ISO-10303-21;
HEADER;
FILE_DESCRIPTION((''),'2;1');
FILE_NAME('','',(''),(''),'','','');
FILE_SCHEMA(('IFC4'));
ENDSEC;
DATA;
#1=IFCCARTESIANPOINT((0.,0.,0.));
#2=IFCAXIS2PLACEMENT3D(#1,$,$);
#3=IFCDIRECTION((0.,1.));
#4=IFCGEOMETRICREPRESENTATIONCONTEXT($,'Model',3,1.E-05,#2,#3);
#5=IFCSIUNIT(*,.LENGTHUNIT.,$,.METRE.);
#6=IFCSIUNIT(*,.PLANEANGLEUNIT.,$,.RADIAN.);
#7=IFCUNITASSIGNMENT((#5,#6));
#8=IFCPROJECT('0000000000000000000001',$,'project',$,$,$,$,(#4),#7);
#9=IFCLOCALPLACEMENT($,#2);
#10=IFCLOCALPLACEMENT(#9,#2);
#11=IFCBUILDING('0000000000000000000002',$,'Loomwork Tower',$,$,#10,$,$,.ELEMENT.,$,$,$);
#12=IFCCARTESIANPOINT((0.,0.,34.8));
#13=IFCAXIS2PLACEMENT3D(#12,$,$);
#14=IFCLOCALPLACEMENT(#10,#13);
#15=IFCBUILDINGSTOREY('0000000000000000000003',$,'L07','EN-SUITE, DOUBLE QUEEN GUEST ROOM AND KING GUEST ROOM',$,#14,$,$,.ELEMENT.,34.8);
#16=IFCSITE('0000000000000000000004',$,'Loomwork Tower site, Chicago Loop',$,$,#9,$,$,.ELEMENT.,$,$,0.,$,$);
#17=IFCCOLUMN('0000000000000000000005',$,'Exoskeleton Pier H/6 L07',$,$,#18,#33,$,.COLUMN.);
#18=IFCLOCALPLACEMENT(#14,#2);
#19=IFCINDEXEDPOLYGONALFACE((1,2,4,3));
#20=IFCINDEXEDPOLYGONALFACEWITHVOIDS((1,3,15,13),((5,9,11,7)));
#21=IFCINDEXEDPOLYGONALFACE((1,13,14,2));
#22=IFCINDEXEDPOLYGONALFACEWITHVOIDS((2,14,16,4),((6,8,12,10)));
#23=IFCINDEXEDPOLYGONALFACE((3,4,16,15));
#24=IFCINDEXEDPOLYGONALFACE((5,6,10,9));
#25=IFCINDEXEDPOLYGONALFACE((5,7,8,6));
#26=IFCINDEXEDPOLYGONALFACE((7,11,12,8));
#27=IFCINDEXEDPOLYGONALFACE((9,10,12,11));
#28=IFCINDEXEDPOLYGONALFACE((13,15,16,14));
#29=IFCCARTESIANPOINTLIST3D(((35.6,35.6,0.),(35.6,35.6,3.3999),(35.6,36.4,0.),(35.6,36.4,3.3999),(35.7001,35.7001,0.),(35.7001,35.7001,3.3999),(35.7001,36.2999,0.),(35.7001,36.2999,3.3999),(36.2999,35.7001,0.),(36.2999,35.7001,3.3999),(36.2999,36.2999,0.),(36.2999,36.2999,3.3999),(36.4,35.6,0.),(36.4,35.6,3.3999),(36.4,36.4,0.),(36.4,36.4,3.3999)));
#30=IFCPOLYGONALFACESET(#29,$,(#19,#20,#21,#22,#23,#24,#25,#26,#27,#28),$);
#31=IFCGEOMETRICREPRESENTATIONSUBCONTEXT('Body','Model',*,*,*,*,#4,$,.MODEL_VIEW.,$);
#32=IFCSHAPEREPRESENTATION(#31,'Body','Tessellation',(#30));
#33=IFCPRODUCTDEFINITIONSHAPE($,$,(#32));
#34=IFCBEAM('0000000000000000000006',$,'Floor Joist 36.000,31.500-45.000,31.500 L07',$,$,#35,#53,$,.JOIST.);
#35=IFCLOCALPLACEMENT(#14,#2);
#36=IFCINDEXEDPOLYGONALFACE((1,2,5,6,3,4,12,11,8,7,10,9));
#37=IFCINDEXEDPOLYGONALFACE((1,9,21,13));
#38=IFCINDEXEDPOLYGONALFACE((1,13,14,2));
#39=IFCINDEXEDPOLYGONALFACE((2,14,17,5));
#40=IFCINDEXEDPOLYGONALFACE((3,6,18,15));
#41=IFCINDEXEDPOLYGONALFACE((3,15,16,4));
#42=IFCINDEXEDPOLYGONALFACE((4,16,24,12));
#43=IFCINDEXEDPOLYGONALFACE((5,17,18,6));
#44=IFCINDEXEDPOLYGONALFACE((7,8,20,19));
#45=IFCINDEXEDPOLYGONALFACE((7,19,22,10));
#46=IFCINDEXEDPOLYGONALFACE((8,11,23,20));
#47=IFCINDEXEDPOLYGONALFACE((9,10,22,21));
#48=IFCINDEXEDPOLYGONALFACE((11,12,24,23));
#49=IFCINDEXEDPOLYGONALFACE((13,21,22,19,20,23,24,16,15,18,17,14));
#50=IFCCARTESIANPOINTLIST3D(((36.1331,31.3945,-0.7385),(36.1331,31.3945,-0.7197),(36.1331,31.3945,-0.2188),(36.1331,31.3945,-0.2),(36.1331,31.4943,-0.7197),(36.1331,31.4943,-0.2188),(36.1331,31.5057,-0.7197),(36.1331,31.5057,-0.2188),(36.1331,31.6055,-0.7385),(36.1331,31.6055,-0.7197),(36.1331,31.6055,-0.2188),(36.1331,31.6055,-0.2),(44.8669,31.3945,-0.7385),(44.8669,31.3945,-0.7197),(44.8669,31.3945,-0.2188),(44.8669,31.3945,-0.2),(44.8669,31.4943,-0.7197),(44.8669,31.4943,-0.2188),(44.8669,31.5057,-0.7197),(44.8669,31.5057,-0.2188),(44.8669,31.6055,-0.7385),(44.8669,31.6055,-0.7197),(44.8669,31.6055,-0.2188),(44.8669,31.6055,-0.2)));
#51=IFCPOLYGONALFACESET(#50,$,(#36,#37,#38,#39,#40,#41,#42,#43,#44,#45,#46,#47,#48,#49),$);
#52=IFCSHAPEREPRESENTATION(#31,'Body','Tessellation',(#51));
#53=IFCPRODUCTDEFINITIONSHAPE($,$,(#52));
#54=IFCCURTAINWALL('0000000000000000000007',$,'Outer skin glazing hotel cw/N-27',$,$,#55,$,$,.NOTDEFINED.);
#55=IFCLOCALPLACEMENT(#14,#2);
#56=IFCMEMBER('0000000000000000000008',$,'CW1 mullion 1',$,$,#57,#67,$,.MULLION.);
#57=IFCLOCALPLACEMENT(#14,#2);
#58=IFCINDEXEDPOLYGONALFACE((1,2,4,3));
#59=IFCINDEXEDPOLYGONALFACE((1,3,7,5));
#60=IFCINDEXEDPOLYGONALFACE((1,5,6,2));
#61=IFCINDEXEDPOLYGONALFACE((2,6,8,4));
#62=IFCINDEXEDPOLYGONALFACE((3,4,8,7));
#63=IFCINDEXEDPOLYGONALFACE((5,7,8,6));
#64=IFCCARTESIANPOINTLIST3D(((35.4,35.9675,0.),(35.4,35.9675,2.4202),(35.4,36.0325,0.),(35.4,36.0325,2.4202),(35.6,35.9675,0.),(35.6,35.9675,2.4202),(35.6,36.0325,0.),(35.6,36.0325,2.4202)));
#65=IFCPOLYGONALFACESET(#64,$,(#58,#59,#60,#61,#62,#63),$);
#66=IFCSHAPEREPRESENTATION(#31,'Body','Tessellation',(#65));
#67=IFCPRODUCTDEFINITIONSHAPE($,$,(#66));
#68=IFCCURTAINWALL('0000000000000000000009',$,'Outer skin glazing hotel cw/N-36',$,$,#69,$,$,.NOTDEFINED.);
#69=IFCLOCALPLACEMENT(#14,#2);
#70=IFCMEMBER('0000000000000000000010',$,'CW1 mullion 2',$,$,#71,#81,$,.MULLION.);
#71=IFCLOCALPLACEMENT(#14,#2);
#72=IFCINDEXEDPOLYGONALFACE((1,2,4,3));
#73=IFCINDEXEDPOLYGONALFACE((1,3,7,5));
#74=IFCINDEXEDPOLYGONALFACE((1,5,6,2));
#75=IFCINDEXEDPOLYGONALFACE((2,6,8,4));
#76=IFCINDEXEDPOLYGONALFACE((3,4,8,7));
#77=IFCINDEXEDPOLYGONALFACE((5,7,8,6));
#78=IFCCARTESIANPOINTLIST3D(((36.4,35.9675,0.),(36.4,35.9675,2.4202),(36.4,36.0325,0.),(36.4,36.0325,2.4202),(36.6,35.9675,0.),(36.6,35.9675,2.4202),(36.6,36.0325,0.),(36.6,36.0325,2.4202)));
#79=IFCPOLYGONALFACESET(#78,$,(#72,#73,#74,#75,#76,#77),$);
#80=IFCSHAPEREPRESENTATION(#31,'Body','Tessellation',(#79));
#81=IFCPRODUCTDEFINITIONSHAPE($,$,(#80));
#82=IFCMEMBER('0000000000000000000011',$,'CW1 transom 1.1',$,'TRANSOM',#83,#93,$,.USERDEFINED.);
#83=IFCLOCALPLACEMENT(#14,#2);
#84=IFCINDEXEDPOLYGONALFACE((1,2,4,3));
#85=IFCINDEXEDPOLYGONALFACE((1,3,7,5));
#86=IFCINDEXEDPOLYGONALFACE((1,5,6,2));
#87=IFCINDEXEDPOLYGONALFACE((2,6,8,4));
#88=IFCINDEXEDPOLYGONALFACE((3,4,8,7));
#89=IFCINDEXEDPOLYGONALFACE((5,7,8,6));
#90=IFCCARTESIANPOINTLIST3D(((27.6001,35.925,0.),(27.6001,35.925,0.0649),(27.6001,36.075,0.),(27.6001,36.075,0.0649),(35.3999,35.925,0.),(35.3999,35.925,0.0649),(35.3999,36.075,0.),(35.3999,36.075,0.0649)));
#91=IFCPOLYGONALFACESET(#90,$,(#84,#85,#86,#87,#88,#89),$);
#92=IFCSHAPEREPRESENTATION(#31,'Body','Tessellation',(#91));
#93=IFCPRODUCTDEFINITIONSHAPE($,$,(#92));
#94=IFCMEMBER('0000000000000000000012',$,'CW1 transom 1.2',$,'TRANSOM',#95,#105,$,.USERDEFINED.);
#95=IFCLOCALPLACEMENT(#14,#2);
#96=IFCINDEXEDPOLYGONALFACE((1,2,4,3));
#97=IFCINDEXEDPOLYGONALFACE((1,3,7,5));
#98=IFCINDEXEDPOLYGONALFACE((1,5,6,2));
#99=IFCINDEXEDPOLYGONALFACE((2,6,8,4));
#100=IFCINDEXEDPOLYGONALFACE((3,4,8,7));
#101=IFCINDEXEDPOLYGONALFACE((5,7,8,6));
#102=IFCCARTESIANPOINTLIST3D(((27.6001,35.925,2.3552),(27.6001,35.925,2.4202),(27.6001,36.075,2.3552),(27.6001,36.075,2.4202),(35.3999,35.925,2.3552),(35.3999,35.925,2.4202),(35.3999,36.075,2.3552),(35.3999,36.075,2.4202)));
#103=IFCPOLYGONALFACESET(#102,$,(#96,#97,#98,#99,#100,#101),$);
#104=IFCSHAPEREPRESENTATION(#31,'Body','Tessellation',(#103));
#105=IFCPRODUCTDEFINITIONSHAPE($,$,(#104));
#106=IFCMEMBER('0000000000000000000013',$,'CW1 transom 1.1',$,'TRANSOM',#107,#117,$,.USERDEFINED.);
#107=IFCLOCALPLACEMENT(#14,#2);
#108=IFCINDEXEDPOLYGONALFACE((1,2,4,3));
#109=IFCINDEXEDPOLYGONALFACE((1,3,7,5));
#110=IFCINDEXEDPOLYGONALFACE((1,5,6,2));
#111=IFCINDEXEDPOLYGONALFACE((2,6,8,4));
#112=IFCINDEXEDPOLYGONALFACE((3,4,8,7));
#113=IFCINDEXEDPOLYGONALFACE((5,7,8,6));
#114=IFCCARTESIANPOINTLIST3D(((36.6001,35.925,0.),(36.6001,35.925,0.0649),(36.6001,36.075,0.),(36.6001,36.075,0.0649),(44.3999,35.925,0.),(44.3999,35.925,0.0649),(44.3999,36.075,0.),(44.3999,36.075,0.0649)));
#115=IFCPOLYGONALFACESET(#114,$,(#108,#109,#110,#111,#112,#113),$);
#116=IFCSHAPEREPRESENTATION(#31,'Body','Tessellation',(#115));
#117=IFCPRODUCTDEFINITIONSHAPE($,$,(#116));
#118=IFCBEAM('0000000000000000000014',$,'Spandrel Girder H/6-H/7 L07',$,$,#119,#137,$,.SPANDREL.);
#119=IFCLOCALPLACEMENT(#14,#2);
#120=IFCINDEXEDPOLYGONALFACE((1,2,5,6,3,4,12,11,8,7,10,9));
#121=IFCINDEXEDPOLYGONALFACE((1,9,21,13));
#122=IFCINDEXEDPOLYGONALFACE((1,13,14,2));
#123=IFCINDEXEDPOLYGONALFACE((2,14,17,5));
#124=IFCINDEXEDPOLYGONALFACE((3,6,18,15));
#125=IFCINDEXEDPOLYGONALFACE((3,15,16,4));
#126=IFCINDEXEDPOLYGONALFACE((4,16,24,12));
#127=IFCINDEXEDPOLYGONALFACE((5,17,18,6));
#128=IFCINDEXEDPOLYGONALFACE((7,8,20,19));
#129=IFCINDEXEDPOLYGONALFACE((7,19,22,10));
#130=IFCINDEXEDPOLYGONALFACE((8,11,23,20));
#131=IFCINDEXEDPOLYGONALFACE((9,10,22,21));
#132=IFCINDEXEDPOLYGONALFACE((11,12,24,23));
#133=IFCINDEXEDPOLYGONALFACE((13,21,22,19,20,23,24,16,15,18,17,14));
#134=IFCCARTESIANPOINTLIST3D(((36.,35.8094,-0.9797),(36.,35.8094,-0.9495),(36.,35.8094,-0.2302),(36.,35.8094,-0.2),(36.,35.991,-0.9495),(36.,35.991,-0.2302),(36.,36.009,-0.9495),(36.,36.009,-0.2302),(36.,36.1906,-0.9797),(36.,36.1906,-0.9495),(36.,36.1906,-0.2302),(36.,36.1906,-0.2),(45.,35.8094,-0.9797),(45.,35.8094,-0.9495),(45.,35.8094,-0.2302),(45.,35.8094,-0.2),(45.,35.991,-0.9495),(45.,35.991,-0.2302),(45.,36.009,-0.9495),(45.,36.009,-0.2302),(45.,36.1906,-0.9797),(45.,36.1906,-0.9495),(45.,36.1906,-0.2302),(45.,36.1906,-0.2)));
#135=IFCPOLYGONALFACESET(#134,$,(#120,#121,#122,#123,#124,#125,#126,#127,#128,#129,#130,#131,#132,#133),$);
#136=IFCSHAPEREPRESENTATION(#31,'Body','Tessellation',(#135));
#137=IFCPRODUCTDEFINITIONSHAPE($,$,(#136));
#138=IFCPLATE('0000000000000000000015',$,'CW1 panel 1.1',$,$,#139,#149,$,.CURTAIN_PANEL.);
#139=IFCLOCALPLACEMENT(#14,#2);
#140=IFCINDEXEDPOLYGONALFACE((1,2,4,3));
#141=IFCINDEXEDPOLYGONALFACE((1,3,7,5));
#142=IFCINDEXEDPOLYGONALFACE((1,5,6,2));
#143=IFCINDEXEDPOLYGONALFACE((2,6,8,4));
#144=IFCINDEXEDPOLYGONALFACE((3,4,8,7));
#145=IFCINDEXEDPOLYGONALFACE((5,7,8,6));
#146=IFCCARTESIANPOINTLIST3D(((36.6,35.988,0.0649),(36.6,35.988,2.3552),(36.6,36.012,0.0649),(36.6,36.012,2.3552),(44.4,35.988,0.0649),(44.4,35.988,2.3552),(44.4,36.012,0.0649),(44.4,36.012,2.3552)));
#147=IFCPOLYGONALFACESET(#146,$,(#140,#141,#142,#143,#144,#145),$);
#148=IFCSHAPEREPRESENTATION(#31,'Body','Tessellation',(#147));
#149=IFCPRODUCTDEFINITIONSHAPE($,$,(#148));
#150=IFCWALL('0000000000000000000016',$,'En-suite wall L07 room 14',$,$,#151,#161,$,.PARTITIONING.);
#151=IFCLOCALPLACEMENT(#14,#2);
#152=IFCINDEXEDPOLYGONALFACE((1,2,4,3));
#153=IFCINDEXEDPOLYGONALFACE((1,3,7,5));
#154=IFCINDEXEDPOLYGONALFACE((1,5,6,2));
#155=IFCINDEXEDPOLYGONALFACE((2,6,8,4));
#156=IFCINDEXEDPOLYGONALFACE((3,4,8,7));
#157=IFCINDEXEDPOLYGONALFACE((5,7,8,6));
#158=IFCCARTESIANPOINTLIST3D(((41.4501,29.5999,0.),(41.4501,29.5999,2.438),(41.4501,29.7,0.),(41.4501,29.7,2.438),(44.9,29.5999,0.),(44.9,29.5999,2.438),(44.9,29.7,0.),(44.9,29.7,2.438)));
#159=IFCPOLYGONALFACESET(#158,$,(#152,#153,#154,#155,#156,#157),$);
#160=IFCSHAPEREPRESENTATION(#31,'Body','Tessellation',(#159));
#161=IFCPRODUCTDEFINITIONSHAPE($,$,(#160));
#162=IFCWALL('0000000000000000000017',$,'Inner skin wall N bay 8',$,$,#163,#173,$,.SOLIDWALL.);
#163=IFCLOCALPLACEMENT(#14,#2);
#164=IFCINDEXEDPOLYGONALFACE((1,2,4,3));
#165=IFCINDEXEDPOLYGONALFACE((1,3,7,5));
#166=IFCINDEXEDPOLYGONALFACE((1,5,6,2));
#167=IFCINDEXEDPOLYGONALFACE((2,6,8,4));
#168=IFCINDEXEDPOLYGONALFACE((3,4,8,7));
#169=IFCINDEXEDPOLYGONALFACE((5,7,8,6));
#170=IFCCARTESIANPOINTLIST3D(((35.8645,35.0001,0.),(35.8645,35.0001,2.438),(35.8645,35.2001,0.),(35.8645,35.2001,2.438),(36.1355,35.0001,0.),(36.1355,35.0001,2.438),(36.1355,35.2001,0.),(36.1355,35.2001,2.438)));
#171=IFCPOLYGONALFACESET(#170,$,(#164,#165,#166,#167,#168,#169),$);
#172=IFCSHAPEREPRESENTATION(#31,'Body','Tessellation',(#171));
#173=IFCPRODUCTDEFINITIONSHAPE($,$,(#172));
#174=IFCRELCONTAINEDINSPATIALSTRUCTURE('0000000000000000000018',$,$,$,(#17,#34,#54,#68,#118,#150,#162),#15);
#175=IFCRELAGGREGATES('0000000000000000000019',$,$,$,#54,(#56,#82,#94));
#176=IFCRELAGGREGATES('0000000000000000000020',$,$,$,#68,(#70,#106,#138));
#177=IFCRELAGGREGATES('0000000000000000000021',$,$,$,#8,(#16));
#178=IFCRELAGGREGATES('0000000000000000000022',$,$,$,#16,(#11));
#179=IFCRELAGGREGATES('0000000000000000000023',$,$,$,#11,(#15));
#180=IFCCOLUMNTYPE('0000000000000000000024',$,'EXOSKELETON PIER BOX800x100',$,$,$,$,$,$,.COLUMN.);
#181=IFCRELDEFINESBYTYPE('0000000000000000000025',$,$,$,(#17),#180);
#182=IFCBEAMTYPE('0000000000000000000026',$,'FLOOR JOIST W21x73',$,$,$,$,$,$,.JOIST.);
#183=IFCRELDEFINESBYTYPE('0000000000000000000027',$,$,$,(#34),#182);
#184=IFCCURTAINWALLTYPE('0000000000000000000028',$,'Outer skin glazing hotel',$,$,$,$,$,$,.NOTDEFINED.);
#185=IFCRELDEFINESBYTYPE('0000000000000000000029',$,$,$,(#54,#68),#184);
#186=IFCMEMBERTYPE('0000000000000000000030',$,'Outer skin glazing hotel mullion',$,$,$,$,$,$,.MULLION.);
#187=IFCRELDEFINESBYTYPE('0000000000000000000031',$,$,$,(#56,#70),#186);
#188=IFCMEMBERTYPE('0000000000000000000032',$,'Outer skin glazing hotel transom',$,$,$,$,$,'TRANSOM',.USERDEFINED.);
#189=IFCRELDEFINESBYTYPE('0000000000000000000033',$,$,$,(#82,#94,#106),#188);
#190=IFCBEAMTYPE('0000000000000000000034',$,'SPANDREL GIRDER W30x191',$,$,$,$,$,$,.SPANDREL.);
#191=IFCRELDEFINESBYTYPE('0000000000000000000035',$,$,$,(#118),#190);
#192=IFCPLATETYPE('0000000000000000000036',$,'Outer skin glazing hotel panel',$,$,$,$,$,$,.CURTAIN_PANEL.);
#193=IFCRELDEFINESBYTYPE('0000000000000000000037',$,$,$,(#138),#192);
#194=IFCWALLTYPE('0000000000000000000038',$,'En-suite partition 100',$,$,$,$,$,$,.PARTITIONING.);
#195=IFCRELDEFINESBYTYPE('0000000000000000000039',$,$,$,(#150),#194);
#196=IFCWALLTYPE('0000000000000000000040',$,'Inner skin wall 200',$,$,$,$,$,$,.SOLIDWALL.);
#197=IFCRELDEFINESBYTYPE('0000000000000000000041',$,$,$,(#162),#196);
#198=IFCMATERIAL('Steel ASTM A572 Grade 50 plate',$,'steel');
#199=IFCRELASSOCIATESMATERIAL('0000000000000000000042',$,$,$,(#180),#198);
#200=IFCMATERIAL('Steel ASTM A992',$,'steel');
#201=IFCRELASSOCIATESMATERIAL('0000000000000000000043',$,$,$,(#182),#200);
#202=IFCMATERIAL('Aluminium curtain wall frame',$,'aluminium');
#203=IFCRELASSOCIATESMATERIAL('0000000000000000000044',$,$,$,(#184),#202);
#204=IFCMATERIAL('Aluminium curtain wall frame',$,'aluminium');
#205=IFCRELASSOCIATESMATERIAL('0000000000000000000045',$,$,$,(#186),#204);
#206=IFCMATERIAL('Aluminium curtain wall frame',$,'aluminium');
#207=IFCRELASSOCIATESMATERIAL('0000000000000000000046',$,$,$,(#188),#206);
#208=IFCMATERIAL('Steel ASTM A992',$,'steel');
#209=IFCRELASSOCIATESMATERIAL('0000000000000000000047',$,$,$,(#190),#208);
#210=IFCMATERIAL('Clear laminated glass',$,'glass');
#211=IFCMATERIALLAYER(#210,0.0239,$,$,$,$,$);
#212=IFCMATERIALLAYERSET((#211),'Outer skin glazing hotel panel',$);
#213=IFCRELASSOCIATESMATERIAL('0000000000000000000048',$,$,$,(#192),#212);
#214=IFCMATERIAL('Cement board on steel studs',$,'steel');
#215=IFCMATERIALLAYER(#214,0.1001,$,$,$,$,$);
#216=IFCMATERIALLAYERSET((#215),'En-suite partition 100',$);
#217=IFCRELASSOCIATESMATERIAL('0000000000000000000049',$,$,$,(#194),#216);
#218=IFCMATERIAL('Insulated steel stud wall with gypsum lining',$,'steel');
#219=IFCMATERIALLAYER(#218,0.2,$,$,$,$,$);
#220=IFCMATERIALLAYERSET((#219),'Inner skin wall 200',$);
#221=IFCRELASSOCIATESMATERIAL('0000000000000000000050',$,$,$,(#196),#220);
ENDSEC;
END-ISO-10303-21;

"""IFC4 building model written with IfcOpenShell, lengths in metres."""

from ifc_helpers import new_model, si_unit, direction, frame, frame_2d, origin, origin_2d, place, context, subcontext, project, spatial, rectangle, hollow_rectangle, i_section, extrude, material, layer, layer_set, material_profile, profile_set, type_object, element, aggregate, save


model = new_model("IFC4")

# Units and contexts
model_context = context("Model", 3, precision=1e-05, world=origin(), true_north=direction((0.0, 1.0)))
body_context = subcontext(model_context, "Body", "Model", "MODEL_VIEW")
ifc_project = project(units=[si_unit("LENGTHUNIT", "METRE"), si_unit("PLANEANGLEUNIT", "RADIAN")], contexts=[model_context])

# Site, building, storey
site_placement = place(None, origin())
site = spatial("IfcSite", under=ifc_project, at=site_placement, Name="Loomwork Tower site, Chicago Loop", CompositionType="ELEMENT", RefElevation=0.0)
building_placement = place(site_placement, origin())
building = spatial("IfcBuilding", under=site, at=building_placement, Name="Loomwork Tower", CompositionType="ELEMENT")
storey_placement = place(building_placement, frame((0.0, 0.0, 34.8)))
storey = spatial("IfcBuildingStorey", under=building, at=storey_placement, Name="L07", Description="EN-SUITE, DOUBLE QUEEN GUEST ROOM AND KING GUEST ROOM", CompositionType="ELEMENT", Elevation=34.8)

# Column
ifc_material_1 = material(Name="Steel ASTM A572 Grade 50 plate", Category="steel")
ifc_material_profile_1 = material_profile(ifc_material_1, hollow_rectangle(XDim=0.8, YDim=0.8, WallThickness=0.1001, at=origin_2d()), Name="BOX800x100")
ifc_profile_set_1 = profile_set([ifc_material_profile_1], Name="Steel ASTM A572 Grade 50 plate")
column_type = type_object("IfcColumnType", Name="EXOSKELETON PIER BOX800x100", PredefinedType="COLUMN", material=ifc_profile_set_1)
column_placement = place(storey_placement, frame((36.0, 36.0, 0.0), z_axis=(0.0, 0.0, 1.0), x_axis=(1.0, 0.0, 0.0)))
element("IfcColumn", 1, at=column_placement, inside=storey, type_object=column_type, Name="Exoskeleton Pier H/6 L07", PredefinedType="COLUMN", context=body_context, shape_type="SweptSolid", body=[
    extrude(hollow_rectangle(XDim=0.8, YDim=0.8, WallThickness=0.1001, at=origin_2d()), origin(), (0.0, 0.0, 1.0), 3.3999),
])

# Beam
ifc_material_2 = material(Name="Steel ASTM A992", Category="steel")
ifc_material_profile_2 = material_profile(ifc_material_2, i_section(OverallWidth=0.2109, OverallDepth=0.5386, WebThickness=0.0115, FlangeThickness=0.0188, at=origin_2d()), Name="W21x73")
ifc_profile_set_2 = profile_set([ifc_material_profile_2], Name="Steel ASTM A992")
beam_type_1 = type_object("IfcBeamType", Name="FLOOR JOIST W21x73", PredefinedType="JOIST", material=ifc_profile_set_2)
beam_1_placement = place(storey_placement, frame((36.1331, 31.5, -0.4692), z_axis=(1.0, 0.0, 0.0), x_axis=(0.0, 1.0, 0.0)))
element("IfcBeam", 2, at=beam_1_placement, inside=storey, type_object=beam_type_1, Name="Floor Joist 36.000,31.500-45.000,31.500 L07", PredefinedType="JOIST", context=body_context, shape_type="SweptSolid", body=[
    extrude(i_section(OverallWidth=0.2109, OverallDepth=0.5386, WebThickness=0.0115, FlangeThickness=0.0188, at=origin_2d()), origin(), (0.0, 0.0, 1.0), 8.7339),
])

# Curtain walls, members
ifc_material_3 = material(Name="Aluminium curtain wall frame", Category="aluminium")
curtain_wall_type = type_object("IfcCurtainWallType", Name="Outer skin glazing hotel", PredefinedType="NOTDEFINED", material=ifc_material_3)
curtain_wall_1_placement = place(storey_placement, origin())
curtain_wall_1 = element("IfcCurtainWall", 3, at=curtain_wall_1_placement, inside=storey, type_object=curtain_wall_type, Name="Outer skin glazing hotel cw/N-27", PredefinedType="NOTDEFINED")
ifc_material_4 = material(Name="Aluminium curtain wall frame", Category="aluminium")
ifc_material_profile_3 = material_profile(ifc_material_4, rectangle(XDim=0.0649, YDim=0.2, at=origin_2d()), Name="AL 65x200")
ifc_profile_set_3 = profile_set([ifc_material_profile_3], Name="Aluminium curtain wall frame")
member_type_1 = type_object("IfcMemberType", Name="Outer skin glazing hotel mullion", PredefinedType="MULLION", material=ifc_profile_set_3)
member_1_placement = place(storey_placement, frame((35.5, 36.0, 0.0), z_axis=(0.0, 0.0, 1.0), x_axis=(0.0, -1.0, 0.0)))
member_1 = element("IfcMember", 4, at=member_1_placement, type_object=member_type_1, Name="CW1 mullion 1", PredefinedType="MULLION", context=body_context, shape_type="SweptSolid", body=[
    extrude(rectangle(XDim=0.0649, YDim=0.2, at=origin_2d()), origin(), (0.0, 0.0, 1.0), 2.4202),
])
curtain_wall_2_placement = place(storey_placement, origin())
curtain_wall_2 = element("IfcCurtainWall", 5, at=curtain_wall_2_placement, inside=storey, type_object=curtain_wall_type, Name="Outer skin glazing hotel cw/N-36", PredefinedType="NOTDEFINED")
member_2_placement = place(storey_placement, frame((36.5, 36.0, 0.0), z_axis=(0.0, 0.0, 1.0), x_axis=(0.0, -1.0, 0.0)))
member_2 = element("IfcMember", 6, at=member_2_placement, type_object=member_type_1, Name="CW1 mullion 2", PredefinedType="MULLION", context=body_context, shape_type="SweptSolid", body=[
    extrude(rectangle(XDim=0.0649, YDim=0.2, at=origin_2d()), origin(), (0.0, 0.0, 1.0), 2.4202),
])

# Members
ifc_material_5 = material(Name="Aluminium curtain wall frame", Category="aluminium")
ifc_material_profile_4 = material_profile(ifc_material_5, rectangle(XDim=0.1499, YDim=0.0649, at=origin_2d()), Name="AL 65x150")
ifc_profile_set_4 = profile_set([ifc_material_profile_4], Name="Aluminium curtain wall frame")
member_type_2 = type_object("IfcMemberType", Name="Outer skin glazing hotel transom", ElementType="TRANSOM", PredefinedType="USERDEFINED", material=ifc_profile_set_4)
member_3_placement = place(storey_placement, frame((35.3999, 36.0, 0.0325), z_axis=(-1.0, 0.0, 0.0), x_axis=(0.0, -1.0, 0.0)))
member_3 = element("IfcMember", 7, at=member_3_placement, type_object=member_type_2, Name="CW1 transom 1.1", ObjectType="TRANSOM", PredefinedType="USERDEFINED", context=body_context, shape_type="SweptSolid", body=[
    extrude(rectangle(XDim=0.1499, YDim=0.0649, at=origin_2d()), origin(), (0.0, 0.0, 1.0), 7.7998),
])
member_4_placement = place(storey_placement, frame((35.3999, 36.0, 2.3877), z_axis=(-1.0, 0.0, 0.0), x_axis=(0.0, -1.0, 0.0)))
member_4 = element("IfcMember", 8, at=member_4_placement, type_object=member_type_2, Name="CW1 transom 1.2", ObjectType="TRANSOM", PredefinedType="USERDEFINED", context=body_context, shape_type="SweptSolid", body=[
    extrude(rectangle(XDim=0.1499, YDim=0.0649, at=origin_2d()), origin(), (0.0, 0.0, 1.0), 7.7998),
])
aggregate(curtain_wall_1, [member_1, member_3, member_4])
member_5_placement = place(storey_placement, frame((44.3999, 36.0, 0.0325), z_axis=(-1.0, 0.0, 0.0), x_axis=(0.0, -1.0, 0.0)))
member_5 = element("IfcMember", 9, at=member_5_placement, type_object=member_type_2, Name="CW1 transom 1.1", ObjectType="TRANSOM", PredefinedType="USERDEFINED", context=body_context, shape_type="SweptSolid", body=[
    extrude(rectangle(XDim=0.1499, YDim=0.0649, at=origin_2d()), origin(), (0.0, 0.0, 1.0), 7.7998),
])

# Beam
ifc_material_6 = material(Name="Steel ASTM A992", Category="steel")
ifc_material_profile_5 = material_profile(ifc_material_6, i_section(OverallWidth=0.3811, OverallDepth=0.7798, WebThickness=0.0181, FlangeThickness=0.0303, at=origin_2d()), Name="W30x191")
ifc_profile_set_5 = profile_set([ifc_material_profile_5], Name="Steel ASTM A992")
beam_type_2 = type_object("IfcBeamType", Name="SPANDREL GIRDER W30x191", PredefinedType="SPANDREL", material=ifc_profile_set_5)
beam_2_placement = place(storey_placement, frame((36.0, 36.0, -0.5898), z_axis=(1.0, 0.0, 0.0), x_axis=(0.0, 1.0, 0.0)))
element("IfcBeam", 10, at=beam_2_placement, inside=storey, type_object=beam_type_2, Name="Spandrel Girder H/6-H/7 L07", PredefinedType="SPANDREL", context=body_context, shape_type="SweptSolid", body=[
    extrude(i_section(OverallWidth=0.3811, OverallDepth=0.7798, WebThickness=0.0181, FlangeThickness=0.0303, at=origin_2d()), origin(), (0.0, 0.0, 1.0), 9.0),
])

# Plate
ifc_material_7 = material(Name="Clear laminated glass", Category="glass")
ifc_layer_1 = layer(ifc_material_7, 0.0239)
ifc_layer_set_1 = layer_set([ifc_layer_1], Name="Outer skin glazing hotel panel")
plate_type = type_object("IfcPlateType", Name="Outer skin glazing hotel panel", PredefinedType="CURTAIN_PANEL", material=ifc_layer_set_1)
plate_placement = place(storey_placement, frame((40.5, 36.0, 0.0649), z_axis=(0.0, 0.0, 1.0), x_axis=(-1.0, 0.0, 0.0)))
plate = element("IfcPlate", 11, at=plate_placement, type_object=plate_type, Name="CW1 panel 1.1", PredefinedType="CURTAIN_PANEL", context=body_context, shape_type="SweptSolid", body=[
    extrude(rectangle(XDim=7.8, YDim=0.0239, at=origin_2d()), origin(), (0.0, 0.0, 1.0), 2.2903),
])
aggregate(curtain_wall_2, [member_2, member_5, plate])

# Walls
ifc_material_8 = material(Name="Cement board on steel studs", Category="steel")
ifc_layer_2 = layer(ifc_material_8, 0.1001)
ifc_layer_set_2 = layer_set([ifc_layer_2], Name="En-suite partition 100")
wall_type_1 = type_object("IfcWallType", Name="En-suite partition 100", PredefinedType="PARTITIONING", material=ifc_layer_set_2)
wall_1_placement = place(storey_placement, frame((41.45, 29.6499, 0.0), z_axis=(0.0, 0.0, 1.0), x_axis=(1.0, 0.0, 0.0)))
element("IfcWall", 12, at=wall_1_placement, inside=storey, type_object=wall_type_1, Name="En-suite wall L07 room 14", PredefinedType="PARTITIONING", context=body_context, shape_type="SweptSolid", body=[
    extrude(rectangle(XDim=3.45, YDim=0.1001, at=frame_2d((1.7251, 0.0))), origin(), (0.0, 0.0, 1.0), 2.438),
])
ifc_material_9 = material(Name="Insulated steel stud wall with gypsum lining", Category="steel")
ifc_layer_3 = layer(ifc_material_9, 0.2)
ifc_layer_set_3 = layer_set([ifc_layer_3], Name="Inner skin wall 200")
wall_type_2 = type_object("IfcWallType", Name="Inner skin wall 200", PredefinedType="SOLIDWALL", material=ifc_layer_set_3)
wall_2_placement = place(storey_placement, frame((35.8645, 35.1001, 0.0), z_axis=(0.0, 0.0, 1.0), x_axis=(1.0, 0.0, 0.0)))
element("IfcWall", 13, at=wall_2_placement, inside=storey, type_object=wall_type_2, Name="Inner skin wall N bay 8", PredefinedType="SOLIDWALL", context=body_context, shape_type="SweptSolid", body=[
    extrude(rectangle(XDim=0.271, YDim=0.2, at=frame_2d((0.1355, 0.0))), origin(), (0.0, 0.0, 1.0), 2.438),
])

save(model, "model.ifc")
